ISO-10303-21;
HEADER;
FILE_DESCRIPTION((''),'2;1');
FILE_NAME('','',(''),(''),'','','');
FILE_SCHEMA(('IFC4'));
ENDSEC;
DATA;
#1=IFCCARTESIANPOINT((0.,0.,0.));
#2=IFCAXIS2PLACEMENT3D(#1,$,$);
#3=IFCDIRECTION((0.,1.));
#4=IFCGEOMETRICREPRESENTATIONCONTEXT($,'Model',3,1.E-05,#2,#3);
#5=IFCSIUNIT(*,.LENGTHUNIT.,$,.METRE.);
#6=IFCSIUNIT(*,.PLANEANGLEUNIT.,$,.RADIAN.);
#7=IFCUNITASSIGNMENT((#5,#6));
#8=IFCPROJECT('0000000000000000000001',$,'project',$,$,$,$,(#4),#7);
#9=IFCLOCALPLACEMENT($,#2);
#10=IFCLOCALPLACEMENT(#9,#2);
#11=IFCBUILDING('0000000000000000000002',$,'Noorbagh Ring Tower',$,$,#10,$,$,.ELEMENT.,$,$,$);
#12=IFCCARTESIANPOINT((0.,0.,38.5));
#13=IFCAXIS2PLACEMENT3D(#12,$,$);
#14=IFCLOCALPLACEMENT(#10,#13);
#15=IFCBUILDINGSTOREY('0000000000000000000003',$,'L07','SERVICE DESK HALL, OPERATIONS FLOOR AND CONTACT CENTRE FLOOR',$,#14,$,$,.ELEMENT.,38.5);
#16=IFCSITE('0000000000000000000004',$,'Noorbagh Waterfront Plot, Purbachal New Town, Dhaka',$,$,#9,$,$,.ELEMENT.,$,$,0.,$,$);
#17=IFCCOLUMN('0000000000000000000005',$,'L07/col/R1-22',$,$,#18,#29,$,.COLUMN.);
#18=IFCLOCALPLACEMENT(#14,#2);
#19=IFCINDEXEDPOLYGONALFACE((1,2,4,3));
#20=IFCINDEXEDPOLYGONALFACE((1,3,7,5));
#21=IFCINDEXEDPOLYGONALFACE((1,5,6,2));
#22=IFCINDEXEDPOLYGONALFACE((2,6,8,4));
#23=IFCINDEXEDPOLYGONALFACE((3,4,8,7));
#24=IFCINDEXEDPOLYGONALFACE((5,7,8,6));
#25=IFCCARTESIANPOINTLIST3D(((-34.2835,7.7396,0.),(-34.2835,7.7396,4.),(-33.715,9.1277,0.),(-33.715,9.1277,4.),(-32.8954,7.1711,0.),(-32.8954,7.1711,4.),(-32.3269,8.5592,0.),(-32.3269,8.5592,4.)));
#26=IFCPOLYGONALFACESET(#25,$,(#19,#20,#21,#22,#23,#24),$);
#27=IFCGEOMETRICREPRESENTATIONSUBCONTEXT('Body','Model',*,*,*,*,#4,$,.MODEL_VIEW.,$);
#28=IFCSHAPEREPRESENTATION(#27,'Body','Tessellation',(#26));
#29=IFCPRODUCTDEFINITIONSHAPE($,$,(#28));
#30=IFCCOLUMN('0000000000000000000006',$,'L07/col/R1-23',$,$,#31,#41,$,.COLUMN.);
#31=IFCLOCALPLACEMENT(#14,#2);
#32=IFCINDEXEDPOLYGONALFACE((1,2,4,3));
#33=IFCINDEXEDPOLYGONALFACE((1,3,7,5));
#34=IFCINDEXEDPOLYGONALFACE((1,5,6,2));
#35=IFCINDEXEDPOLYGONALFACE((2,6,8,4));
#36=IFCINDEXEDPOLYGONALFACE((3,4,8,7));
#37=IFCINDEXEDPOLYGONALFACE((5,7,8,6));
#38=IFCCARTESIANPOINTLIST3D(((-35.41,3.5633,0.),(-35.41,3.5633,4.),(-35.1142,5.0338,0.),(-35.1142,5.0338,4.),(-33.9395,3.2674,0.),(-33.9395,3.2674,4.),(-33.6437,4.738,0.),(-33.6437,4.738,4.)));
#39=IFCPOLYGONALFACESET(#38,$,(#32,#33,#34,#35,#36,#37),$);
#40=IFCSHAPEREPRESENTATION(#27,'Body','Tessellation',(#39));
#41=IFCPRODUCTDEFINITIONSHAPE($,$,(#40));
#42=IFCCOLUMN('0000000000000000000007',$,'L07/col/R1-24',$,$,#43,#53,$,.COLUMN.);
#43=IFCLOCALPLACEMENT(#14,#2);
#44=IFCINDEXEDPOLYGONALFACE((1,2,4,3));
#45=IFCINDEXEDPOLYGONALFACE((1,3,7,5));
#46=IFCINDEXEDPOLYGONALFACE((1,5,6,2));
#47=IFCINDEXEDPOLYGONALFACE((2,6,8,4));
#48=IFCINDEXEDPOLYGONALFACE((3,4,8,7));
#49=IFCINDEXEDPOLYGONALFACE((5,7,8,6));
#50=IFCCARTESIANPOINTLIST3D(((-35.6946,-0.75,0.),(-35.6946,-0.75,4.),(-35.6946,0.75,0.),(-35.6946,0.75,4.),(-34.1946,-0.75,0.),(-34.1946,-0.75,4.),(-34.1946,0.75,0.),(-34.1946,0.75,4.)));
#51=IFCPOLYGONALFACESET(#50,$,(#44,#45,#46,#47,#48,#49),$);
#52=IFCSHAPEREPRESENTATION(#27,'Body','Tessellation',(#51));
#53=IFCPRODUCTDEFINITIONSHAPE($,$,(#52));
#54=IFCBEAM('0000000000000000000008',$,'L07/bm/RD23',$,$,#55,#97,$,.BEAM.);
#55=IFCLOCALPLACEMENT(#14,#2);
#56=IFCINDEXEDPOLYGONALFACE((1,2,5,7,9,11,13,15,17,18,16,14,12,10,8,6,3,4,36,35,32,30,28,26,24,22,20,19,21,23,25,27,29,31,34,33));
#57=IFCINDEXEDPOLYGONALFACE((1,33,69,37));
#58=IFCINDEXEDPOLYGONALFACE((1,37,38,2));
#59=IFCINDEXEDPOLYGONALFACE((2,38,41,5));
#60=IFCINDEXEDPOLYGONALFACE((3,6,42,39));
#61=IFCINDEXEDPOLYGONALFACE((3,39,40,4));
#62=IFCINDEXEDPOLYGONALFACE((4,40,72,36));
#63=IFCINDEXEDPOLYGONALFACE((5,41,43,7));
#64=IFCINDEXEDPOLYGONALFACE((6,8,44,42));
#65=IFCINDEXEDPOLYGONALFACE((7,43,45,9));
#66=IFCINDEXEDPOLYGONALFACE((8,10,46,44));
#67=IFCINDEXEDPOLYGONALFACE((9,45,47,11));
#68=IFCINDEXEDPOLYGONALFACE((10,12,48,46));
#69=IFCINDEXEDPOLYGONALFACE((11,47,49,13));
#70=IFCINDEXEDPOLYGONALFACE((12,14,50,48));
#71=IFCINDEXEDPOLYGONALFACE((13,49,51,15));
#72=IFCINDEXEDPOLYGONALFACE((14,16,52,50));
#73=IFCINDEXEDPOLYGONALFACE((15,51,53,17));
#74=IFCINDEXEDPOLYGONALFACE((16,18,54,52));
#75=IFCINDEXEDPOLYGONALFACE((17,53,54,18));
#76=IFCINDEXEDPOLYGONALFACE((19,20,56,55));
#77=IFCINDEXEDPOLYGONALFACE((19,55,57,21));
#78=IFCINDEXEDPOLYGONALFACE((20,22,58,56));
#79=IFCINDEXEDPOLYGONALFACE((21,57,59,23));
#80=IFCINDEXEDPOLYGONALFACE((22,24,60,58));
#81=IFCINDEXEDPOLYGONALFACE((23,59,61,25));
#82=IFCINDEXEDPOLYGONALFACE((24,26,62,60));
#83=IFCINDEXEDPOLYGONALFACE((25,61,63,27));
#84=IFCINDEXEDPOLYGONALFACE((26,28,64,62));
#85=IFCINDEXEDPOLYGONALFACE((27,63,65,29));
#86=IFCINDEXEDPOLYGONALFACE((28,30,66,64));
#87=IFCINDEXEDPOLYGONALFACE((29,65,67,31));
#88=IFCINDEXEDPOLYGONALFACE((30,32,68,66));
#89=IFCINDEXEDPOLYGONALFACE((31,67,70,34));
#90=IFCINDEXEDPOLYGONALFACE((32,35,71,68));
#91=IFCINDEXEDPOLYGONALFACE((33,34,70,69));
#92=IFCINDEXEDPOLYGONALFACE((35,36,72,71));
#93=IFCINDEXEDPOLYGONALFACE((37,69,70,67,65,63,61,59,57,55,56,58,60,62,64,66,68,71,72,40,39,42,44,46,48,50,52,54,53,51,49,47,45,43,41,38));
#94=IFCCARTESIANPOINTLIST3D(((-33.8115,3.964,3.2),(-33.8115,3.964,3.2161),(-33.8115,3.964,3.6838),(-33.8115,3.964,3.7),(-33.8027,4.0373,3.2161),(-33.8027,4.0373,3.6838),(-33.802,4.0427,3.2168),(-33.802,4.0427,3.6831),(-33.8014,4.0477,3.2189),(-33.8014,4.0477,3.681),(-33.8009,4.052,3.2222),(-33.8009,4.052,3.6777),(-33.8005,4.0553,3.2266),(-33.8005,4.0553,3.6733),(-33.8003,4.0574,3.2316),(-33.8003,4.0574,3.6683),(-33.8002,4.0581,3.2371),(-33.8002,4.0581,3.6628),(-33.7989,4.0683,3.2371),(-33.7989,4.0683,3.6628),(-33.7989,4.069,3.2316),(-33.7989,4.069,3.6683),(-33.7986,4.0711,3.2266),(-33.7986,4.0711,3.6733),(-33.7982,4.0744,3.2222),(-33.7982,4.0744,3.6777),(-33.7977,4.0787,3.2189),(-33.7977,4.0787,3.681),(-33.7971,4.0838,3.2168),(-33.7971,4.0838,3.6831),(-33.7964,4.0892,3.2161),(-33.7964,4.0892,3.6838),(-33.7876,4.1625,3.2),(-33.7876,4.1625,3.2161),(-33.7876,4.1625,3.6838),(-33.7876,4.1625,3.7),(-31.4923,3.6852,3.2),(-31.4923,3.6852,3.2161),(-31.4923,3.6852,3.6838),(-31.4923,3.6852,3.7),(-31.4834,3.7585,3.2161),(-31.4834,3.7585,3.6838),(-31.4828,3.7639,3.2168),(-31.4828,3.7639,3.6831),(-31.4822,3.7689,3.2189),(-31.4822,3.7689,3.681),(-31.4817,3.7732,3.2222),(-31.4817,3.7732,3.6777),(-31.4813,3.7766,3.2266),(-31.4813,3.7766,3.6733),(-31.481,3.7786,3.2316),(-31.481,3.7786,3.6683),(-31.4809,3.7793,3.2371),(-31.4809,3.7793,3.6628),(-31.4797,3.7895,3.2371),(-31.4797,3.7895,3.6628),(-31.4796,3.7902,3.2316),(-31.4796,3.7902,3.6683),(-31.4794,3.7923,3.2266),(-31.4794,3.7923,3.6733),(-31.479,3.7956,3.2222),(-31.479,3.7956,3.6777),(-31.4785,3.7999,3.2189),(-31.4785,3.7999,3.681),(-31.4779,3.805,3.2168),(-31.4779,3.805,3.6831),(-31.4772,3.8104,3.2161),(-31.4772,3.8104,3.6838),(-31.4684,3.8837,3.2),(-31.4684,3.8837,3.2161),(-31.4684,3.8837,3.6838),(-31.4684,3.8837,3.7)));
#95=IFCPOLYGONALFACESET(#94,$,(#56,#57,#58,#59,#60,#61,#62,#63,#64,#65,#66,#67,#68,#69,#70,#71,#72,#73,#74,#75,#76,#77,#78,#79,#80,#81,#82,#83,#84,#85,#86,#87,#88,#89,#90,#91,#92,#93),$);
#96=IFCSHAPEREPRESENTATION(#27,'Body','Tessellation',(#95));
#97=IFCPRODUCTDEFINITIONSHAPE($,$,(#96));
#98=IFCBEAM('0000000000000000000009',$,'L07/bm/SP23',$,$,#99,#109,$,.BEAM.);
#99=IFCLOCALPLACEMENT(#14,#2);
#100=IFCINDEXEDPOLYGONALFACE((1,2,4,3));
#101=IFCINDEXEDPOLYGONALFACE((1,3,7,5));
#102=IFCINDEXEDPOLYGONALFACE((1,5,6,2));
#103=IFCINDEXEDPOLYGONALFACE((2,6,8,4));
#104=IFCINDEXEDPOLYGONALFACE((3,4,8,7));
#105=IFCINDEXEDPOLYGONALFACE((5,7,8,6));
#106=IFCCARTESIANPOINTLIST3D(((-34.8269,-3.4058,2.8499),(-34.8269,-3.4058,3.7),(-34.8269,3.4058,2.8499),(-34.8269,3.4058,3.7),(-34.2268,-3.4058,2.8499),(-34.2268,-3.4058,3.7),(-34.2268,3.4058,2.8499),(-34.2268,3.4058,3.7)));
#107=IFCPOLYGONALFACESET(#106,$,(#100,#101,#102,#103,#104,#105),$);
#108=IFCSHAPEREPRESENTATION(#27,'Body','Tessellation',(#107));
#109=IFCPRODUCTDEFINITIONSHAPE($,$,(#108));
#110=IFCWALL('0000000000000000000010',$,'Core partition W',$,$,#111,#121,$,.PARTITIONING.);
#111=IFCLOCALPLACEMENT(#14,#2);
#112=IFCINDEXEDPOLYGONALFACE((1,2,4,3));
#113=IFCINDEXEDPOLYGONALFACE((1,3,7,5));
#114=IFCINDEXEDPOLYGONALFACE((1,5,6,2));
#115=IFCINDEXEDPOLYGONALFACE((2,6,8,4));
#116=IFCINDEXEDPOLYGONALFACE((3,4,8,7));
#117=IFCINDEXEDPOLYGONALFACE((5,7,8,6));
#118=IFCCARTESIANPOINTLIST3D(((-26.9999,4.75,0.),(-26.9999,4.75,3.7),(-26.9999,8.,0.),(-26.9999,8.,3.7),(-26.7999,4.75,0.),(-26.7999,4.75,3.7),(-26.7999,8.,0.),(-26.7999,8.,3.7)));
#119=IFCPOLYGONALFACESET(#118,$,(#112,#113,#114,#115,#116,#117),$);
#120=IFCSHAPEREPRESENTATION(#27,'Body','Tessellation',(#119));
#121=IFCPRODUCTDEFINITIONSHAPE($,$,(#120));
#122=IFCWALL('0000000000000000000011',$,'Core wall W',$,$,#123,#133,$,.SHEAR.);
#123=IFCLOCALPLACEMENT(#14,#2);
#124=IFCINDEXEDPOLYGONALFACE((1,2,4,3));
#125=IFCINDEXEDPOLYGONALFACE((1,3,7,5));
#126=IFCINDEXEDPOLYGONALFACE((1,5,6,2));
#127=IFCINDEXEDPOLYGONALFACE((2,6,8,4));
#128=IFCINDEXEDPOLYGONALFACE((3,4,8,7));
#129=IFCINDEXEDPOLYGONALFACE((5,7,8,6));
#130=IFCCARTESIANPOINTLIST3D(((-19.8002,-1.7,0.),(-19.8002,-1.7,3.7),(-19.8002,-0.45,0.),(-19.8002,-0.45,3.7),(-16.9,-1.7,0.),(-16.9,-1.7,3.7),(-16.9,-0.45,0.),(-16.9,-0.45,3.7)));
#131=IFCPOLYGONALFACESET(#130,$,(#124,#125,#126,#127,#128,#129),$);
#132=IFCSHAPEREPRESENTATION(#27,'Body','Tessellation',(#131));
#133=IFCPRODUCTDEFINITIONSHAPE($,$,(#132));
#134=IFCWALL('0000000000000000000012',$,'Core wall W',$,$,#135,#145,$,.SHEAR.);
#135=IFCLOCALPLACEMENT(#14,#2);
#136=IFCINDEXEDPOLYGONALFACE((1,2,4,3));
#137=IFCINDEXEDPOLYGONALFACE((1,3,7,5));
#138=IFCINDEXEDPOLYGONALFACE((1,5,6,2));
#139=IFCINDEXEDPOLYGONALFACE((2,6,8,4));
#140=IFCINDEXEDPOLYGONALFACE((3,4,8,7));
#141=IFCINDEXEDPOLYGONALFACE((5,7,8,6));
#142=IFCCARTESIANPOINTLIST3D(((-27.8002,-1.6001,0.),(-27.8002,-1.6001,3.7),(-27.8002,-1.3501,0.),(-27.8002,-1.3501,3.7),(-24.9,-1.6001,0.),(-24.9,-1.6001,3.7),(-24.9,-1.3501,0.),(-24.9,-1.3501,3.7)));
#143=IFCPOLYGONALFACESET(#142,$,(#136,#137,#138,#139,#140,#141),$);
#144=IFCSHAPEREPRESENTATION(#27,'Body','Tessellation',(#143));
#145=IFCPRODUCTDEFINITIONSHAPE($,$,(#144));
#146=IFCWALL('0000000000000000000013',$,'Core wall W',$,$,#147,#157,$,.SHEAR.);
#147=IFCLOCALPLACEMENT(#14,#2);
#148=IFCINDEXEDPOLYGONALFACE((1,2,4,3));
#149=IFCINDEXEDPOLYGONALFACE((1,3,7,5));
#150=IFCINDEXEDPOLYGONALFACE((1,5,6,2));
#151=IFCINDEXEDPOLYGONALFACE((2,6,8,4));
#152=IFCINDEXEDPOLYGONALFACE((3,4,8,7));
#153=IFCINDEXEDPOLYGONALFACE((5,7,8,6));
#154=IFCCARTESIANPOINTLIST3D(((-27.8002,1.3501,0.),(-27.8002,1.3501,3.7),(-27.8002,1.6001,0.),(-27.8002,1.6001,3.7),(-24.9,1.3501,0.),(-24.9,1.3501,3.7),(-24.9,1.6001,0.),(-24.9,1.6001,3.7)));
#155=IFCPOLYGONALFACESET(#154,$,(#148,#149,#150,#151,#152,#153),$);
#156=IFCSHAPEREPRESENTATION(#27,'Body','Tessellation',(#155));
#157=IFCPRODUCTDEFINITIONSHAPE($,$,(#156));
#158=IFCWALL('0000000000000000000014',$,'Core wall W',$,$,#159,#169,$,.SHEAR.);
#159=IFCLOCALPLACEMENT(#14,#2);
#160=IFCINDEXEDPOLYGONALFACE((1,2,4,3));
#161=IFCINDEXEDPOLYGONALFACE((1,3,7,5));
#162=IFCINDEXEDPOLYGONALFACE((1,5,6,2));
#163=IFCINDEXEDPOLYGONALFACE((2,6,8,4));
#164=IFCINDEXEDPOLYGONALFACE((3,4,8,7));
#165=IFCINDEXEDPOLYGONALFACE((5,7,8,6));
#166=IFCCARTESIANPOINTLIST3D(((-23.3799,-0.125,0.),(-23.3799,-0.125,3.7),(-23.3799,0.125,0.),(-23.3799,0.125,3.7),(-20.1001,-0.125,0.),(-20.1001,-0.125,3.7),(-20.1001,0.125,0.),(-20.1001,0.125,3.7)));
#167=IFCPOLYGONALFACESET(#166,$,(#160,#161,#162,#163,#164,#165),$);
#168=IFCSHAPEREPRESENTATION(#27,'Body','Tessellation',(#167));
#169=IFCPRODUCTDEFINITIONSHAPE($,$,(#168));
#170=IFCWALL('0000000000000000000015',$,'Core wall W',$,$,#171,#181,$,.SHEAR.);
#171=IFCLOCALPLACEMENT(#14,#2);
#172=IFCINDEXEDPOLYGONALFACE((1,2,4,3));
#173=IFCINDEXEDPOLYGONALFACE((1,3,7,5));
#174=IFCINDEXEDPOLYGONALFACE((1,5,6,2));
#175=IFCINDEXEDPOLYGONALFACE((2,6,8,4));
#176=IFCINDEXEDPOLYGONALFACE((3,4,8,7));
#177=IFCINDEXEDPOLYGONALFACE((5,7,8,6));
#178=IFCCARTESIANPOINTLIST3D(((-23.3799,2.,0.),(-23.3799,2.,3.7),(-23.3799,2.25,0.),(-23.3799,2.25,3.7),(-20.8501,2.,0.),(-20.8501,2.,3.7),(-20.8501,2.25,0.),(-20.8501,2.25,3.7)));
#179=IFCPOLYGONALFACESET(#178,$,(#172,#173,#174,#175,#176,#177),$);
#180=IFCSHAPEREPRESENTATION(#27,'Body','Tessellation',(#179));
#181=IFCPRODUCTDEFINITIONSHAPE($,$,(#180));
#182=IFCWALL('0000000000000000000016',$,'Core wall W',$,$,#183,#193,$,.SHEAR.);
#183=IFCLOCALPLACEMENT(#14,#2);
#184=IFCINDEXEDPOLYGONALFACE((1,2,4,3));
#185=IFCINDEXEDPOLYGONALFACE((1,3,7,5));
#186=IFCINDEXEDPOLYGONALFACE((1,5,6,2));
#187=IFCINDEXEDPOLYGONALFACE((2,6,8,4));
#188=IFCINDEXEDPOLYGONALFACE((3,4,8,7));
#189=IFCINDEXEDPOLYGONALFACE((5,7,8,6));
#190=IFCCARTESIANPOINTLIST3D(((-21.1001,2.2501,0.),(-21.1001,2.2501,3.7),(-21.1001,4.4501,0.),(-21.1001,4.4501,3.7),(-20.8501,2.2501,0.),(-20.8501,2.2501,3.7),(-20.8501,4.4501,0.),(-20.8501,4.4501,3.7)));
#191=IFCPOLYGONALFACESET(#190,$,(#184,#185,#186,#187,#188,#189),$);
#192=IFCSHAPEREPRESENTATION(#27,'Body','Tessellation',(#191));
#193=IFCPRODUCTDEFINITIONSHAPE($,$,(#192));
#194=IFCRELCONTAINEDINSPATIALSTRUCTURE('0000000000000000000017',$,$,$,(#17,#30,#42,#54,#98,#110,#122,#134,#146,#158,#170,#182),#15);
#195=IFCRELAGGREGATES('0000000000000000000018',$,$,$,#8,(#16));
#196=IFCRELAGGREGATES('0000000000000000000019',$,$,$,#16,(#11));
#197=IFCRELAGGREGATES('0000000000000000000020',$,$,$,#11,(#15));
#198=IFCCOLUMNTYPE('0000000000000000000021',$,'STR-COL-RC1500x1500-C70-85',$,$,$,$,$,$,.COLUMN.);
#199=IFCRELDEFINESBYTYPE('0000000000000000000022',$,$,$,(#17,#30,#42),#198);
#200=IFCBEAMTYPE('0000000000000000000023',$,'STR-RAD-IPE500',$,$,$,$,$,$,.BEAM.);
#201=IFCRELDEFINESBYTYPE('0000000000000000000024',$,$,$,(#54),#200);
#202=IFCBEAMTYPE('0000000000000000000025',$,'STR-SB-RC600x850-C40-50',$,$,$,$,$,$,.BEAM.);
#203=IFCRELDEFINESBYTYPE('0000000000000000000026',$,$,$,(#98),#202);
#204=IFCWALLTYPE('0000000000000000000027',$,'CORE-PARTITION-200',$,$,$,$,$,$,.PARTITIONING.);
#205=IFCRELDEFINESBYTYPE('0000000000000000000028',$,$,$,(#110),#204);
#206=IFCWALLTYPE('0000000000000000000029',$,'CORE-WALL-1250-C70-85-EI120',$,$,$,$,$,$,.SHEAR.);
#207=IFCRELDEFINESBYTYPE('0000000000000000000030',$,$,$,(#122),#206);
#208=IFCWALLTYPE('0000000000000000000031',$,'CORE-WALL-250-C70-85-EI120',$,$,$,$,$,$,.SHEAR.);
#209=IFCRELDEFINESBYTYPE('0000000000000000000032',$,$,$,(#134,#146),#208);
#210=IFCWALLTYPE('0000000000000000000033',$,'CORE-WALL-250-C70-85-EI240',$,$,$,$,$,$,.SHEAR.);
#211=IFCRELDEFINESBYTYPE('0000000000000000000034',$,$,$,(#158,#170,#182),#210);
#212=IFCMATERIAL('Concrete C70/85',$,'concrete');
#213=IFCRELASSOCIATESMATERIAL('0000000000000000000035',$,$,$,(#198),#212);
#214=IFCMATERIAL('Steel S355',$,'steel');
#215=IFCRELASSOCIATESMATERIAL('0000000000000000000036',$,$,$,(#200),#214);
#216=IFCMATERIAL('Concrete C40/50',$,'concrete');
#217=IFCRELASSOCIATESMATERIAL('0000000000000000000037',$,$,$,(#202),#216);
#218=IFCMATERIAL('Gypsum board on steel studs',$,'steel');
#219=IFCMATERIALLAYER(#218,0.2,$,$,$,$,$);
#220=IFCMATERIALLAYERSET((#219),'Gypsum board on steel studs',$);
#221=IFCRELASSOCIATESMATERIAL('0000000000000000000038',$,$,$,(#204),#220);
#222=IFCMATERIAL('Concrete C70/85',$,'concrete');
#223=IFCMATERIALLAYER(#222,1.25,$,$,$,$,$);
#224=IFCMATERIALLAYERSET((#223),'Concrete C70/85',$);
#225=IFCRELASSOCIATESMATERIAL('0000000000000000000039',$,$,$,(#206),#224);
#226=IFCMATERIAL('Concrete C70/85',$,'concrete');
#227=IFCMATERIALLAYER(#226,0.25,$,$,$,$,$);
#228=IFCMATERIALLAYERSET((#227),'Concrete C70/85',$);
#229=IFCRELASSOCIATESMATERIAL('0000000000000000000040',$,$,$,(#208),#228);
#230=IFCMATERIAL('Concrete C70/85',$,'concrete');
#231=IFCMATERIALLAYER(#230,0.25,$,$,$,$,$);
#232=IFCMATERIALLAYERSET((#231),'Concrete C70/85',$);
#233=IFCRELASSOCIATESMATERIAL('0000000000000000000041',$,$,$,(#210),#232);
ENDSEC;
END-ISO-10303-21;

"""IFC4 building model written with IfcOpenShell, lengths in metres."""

from ifc_helpers import new_model, si_unit, direction, frame, frame_2d, origin, origin_2d, place, context, subcontext, project, spatial, rectangle, i_section, extrude, material, layer, layer_set, material_profile, profile_set, type_object, element, save


model = new_model("IFC4")

# Units and contexts
model_context = context("Model", 3, precision=1e-05, world=origin(), true_north=direction((0.0, 1.0)))
body_context = subcontext(model_context, "Body", "Model", "MODEL_VIEW")
ifc_project = project(units=[si_unit("LENGTHUNIT", "METRE"), si_unit("PLANEANGLEUNIT", "RADIAN")], contexts=[model_context])

# Site, building, storey
site_placement = place(None, origin())
site = spatial("IfcSite", under=ifc_project, at=site_placement, Name="Noorbagh Waterfront Plot, Purbachal New Town, Dhaka", CompositionType="ELEMENT", RefElevation=0.0)
building_placement = place(site_placement, origin())
building = spatial("IfcBuilding", under=site, at=building_placement, Name="Noorbagh Ring Tower", CompositionType="ELEMENT")
storey_placement = place(building_placement, frame((0.0, 0.0, 38.5)))
storey = spatial("IfcBuildingStorey", under=building, at=storey_placement, Name="L07", Description="SERVICE DESK HALL, OPERATIONS FLOOR AND CONTACT CENTRE FLOOR", CompositionType="ELEMENT", Elevation=38.5)

# Columns
ifc_material_1 = material(Name="Concrete C70/85", Category="concrete")
ifc_material_profile_1 = material_profile(ifc_material_1, rectangle(XDim=1.5, YDim=1.5, at=origin_2d()), Name="RC1500x1500")
ifc_profile_set_1 = profile_set([ifc_material_profile_1], Name="Concrete C70/85")
column_type = type_object("IfcColumnType", Name="STR-COL-RC1500x1500-C70-85", PredefinedType="COLUMN", material=ifc_profile_set_1)
for number, where, z_axis, x_axis, name in (
    (1, (-33.3052, 8.1494, 0.0), (0.0, 0.0, 1.0), (-0.378989, -0.925401, 0.0), "L07/col/R1-22"),
    (2, (-34.5269, 4.1506, 0.0), (0.0, 0.0, 1.0), (-0.19723, -0.980357, 0.0), "L07/col/R1-23"),
    (3, (-34.9446, 0.0, 0.0), (0.0, 0.0, 1.0), (0.0, -1.0, 0.0), "L07/col/R1-24"),
):
    element("IfcColumn", number, at=place(storey_placement, frame(where, z_axis=z_axis, x_axis=x_axis)), inside=storey, type_object=column_type, Name=name, PredefinedType="COLUMN", context=body_context, shape_type="SweptSolid", body=[
        extrude(rectangle(XDim=1.5, YDim=1.5, at=origin_2d()), origin(), (0.0, 0.0, 1.0), 4.0),
    ])

# Beams
ifc_material_2 = material(Name="Steel S355", Category="steel")
ifc_material_profile_2 = material_profile(ifc_material_2, i_section(OverallWidth=0.2, OverallDepth=0.5, WebThickness=0.0103, FlangeThickness=0.0161, FilletRadius=0.021, at=origin_2d()), Name="IPE500")
ifc_profile_set_2 = profile_set([ifc_material_profile_2], Name="Steel S355")
beam_type_1 = type_object("IfcBeamType", Name="STR-RAD-IPE500", PredefinedType="BEAM", material=ifc_profile_set_2)
beam_1_placement = place(storey_placement, frame((-33.7996, 4.0632, 3.45), z_axis=(0.992852, -0.119351, 0.0), x_axis=(0.119351, 0.992852, 0.0)))
element("IfcBeam", 4, at=beam_1_placement, inside=storey, type_object=beam_type_1, Name="L07/bm/RD23", PredefinedType="BEAM", context=body_context, shape_type="SweptSolid", body=[
    extrude(i_section(OverallWidth=0.2, OverallDepth=0.5, WebThickness=0.0103, FlangeThickness=0.0161, FilletRadius=0.021, at=origin_2d()), origin(), (0.0, 0.0, 1.0), 2.3359),
])
ifc_material_3 = material(Name="Concrete C40/50", Category="concrete")
ifc_material_profile_3 = material_profile(ifc_material_3, rectangle(XDim=0.6001, YDim=0.8501, at=origin_2d()), Name="RC600x850")
ifc_profile_set_3 = profile_set([ifc_material_profile_3], Name="Concrete C40/50")
beam_type_2 = type_object("IfcBeamType", Name="STR-SB-RC600x850-C40-50", PredefinedType="BEAM", material=ifc_profile_set_3)
beam_2_placement = place(storey_placement, frame((-34.5269, 3.4058, 3.2749), z_axis=(0.0, -1.0, 0.0), x_axis=(1.0, 0.0, 0.0)))
element("IfcBeam", 5, at=beam_2_placement, inside=storey, type_object=beam_type_2, Name="L07/bm/SP23", PredefinedType="BEAM", context=body_context, shape_type="SweptSolid", body=[
    extrude(rectangle(XDim=0.6001, YDim=0.8501, at=origin_2d()), origin(), (0.0, 0.0, 1.0), 6.8115),
])

# Walls
ifc_material_4 = material(Name="Gypsum board on steel studs", Category="steel")
ifc_layer_1 = layer(ifc_material_4, 0.2)
ifc_layer_set_1 = layer_set([ifc_layer_1], Name="Gypsum board on steel studs")
wall_type_1 = type_object("IfcWallType", Name="CORE-PARTITION-200", PredefinedType="PARTITIONING", material=ifc_layer_set_1)
wall_1_placement = place(storey_placement, frame((-26.8999, 4.75, 0.0), z_axis=(0.0, 0.0, 1.0), x_axis=(0.0, 1.0, 0.0)))
element("IfcWall", 6, at=wall_1_placement, inside=storey, type_object=wall_type_1, Name="Core partition W", PredefinedType="PARTITIONING", context=body_context, shape_type="SweptSolid", body=[
    extrude(rectangle(XDim=3.25, YDim=0.2, at=frame_2d((1.625, 0.0))), origin(), (0.0, 0.0, 1.0), 3.7),
])
ifc_material_5 = material(Name="Concrete C70/85", Category="concrete")
ifc_layer_2 = layer(ifc_material_5, 1.25)
ifc_layer_set_2 = layer_set([ifc_layer_2], Name="Concrete C70/85")
wall_type_2 = type_object("IfcWallType", Name="CORE-WALL-1250-C70-85-EI120", PredefinedType="SHEAR", material=ifc_layer_set_2)
wall_2_placement = place(storey_placement, frame((-16.8999, -1.075, 0.0), z_axis=(0.0, 0.0, 1.0), x_axis=(-1.0, 0.0, 0.0)))
element("IfcWall", 7, at=wall_2_placement, inside=storey, type_object=wall_type_2, Name="Core wall W", PredefinedType="SHEAR", context=body_context, shape_type="SweptSolid", body=[
    extrude(rectangle(XDim=2.9001, YDim=1.25, at=frame_2d((1.4502, 0.0))), origin(), (0.0, 0.0, 1.0), 3.7),
])
ifc_material_6 = material(Name="Concrete C70/85", Category="concrete")
ifc_layer_3 = layer(ifc_material_6, 0.25)
ifc_layer_set_3 = layer_set([ifc_layer_3], Name="Concrete C70/85")
wall_type_3 = type_object("IfcWallType", Name="CORE-WALL-250-C70-85-EI120", PredefinedType="SHEAR", material=ifc_layer_set_3)
for number, where, z_axis, x_axis, name in (
    (8, (-24.8999, -1.4751, 0.0), (0.0, 0.0, 1.0), (-1.0, 0.0, 0.0), "Core wall W"),
    (9, (-24.8999, 1.4751, 0.0), (0.0, 0.0, 1.0), (-1.0, 0.0, 0.0), "Core wall W"),
):
    element("IfcWall", number, at=place(storey_placement, frame(where, z_axis=z_axis, x_axis=x_axis)), inside=storey, type_object=wall_type_3, Name=name, PredefinedType="SHEAR", context=body_context, shape_type="SweptSolid", body=[
        extrude(rectangle(XDim=2.9001, YDim=0.25, at=frame_2d((1.4502, 0.0))), origin(), (0.0, 0.0, 1.0), 3.7),
    ])
ifc_material_7 = material(Name="Concrete C70/85", Category="concrete")
ifc_layer_4 = layer(ifc_material_7, 0.25)
ifc_layer_set_4 = layer_set([ifc_layer_4], Name="Concrete C70/85")
wall_type_4 = type_object("IfcWallType", Name="CORE-WALL-250-C70-85-EI240", PredefinedType="SHEAR", material=ifc_layer_set_4)
wall_3_placement = place(storey_placement, frame((-20.1001, 0.0, 0.0), z_axis=(0.0, 0.0, 1.0), x_axis=(-1.0, 0.0, 0.0)))
element("IfcWall", 10, at=wall_3_placement, inside=storey, type_object=wall_type_4, Name="Core wall W", PredefinedType="SHEAR", context=body_context, shape_type="SweptSolid", body=[
    extrude(rectangle(XDim=3.2798, YDim=0.25, at=frame_2d((1.6399, 0.0))), origin(), (0.0, 0.0, 1.0), 3.7),
])
wall_4_placement = place(storey_placement, frame((-20.8501, 2.125, 0.0), z_axis=(0.0, 0.0, 1.0), x_axis=(-1.0, 0.0, 0.0)))
element("IfcWall", 11, at=wall_4_placement, inside=storey, type_object=wall_type_4, Name="Core wall W", PredefinedType="SHEAR", context=body_context, shape_type="SweptSolid", body=[
    extrude(rectangle(XDim=2.5298, YDim=0.25, at=frame_2d((1.2649, 0.0))), origin(), (0.0, 0.0, 1.0), 3.7),
])
wall_5_placement = place(storey_placement, frame((-20.9751, 2.25, 0.0), z_axis=(0.0, 0.0, 1.0), x_axis=(0.0, 1.0, 0.0)))
element("IfcWall", 12, at=wall_5_placement, inside=storey, type_object=wall_type_4, Name="Core wall W", PredefinedType="SHEAR", context=body_context, shape_type="SweptSolid", body=[
    extrude(rectangle(XDim=2.2, YDim=0.25, at=frame_2d((1.1001, 0.0))), origin(), (0.0, 0.0, 1.0), 3.7),
])

save(model, "model.ifc")
